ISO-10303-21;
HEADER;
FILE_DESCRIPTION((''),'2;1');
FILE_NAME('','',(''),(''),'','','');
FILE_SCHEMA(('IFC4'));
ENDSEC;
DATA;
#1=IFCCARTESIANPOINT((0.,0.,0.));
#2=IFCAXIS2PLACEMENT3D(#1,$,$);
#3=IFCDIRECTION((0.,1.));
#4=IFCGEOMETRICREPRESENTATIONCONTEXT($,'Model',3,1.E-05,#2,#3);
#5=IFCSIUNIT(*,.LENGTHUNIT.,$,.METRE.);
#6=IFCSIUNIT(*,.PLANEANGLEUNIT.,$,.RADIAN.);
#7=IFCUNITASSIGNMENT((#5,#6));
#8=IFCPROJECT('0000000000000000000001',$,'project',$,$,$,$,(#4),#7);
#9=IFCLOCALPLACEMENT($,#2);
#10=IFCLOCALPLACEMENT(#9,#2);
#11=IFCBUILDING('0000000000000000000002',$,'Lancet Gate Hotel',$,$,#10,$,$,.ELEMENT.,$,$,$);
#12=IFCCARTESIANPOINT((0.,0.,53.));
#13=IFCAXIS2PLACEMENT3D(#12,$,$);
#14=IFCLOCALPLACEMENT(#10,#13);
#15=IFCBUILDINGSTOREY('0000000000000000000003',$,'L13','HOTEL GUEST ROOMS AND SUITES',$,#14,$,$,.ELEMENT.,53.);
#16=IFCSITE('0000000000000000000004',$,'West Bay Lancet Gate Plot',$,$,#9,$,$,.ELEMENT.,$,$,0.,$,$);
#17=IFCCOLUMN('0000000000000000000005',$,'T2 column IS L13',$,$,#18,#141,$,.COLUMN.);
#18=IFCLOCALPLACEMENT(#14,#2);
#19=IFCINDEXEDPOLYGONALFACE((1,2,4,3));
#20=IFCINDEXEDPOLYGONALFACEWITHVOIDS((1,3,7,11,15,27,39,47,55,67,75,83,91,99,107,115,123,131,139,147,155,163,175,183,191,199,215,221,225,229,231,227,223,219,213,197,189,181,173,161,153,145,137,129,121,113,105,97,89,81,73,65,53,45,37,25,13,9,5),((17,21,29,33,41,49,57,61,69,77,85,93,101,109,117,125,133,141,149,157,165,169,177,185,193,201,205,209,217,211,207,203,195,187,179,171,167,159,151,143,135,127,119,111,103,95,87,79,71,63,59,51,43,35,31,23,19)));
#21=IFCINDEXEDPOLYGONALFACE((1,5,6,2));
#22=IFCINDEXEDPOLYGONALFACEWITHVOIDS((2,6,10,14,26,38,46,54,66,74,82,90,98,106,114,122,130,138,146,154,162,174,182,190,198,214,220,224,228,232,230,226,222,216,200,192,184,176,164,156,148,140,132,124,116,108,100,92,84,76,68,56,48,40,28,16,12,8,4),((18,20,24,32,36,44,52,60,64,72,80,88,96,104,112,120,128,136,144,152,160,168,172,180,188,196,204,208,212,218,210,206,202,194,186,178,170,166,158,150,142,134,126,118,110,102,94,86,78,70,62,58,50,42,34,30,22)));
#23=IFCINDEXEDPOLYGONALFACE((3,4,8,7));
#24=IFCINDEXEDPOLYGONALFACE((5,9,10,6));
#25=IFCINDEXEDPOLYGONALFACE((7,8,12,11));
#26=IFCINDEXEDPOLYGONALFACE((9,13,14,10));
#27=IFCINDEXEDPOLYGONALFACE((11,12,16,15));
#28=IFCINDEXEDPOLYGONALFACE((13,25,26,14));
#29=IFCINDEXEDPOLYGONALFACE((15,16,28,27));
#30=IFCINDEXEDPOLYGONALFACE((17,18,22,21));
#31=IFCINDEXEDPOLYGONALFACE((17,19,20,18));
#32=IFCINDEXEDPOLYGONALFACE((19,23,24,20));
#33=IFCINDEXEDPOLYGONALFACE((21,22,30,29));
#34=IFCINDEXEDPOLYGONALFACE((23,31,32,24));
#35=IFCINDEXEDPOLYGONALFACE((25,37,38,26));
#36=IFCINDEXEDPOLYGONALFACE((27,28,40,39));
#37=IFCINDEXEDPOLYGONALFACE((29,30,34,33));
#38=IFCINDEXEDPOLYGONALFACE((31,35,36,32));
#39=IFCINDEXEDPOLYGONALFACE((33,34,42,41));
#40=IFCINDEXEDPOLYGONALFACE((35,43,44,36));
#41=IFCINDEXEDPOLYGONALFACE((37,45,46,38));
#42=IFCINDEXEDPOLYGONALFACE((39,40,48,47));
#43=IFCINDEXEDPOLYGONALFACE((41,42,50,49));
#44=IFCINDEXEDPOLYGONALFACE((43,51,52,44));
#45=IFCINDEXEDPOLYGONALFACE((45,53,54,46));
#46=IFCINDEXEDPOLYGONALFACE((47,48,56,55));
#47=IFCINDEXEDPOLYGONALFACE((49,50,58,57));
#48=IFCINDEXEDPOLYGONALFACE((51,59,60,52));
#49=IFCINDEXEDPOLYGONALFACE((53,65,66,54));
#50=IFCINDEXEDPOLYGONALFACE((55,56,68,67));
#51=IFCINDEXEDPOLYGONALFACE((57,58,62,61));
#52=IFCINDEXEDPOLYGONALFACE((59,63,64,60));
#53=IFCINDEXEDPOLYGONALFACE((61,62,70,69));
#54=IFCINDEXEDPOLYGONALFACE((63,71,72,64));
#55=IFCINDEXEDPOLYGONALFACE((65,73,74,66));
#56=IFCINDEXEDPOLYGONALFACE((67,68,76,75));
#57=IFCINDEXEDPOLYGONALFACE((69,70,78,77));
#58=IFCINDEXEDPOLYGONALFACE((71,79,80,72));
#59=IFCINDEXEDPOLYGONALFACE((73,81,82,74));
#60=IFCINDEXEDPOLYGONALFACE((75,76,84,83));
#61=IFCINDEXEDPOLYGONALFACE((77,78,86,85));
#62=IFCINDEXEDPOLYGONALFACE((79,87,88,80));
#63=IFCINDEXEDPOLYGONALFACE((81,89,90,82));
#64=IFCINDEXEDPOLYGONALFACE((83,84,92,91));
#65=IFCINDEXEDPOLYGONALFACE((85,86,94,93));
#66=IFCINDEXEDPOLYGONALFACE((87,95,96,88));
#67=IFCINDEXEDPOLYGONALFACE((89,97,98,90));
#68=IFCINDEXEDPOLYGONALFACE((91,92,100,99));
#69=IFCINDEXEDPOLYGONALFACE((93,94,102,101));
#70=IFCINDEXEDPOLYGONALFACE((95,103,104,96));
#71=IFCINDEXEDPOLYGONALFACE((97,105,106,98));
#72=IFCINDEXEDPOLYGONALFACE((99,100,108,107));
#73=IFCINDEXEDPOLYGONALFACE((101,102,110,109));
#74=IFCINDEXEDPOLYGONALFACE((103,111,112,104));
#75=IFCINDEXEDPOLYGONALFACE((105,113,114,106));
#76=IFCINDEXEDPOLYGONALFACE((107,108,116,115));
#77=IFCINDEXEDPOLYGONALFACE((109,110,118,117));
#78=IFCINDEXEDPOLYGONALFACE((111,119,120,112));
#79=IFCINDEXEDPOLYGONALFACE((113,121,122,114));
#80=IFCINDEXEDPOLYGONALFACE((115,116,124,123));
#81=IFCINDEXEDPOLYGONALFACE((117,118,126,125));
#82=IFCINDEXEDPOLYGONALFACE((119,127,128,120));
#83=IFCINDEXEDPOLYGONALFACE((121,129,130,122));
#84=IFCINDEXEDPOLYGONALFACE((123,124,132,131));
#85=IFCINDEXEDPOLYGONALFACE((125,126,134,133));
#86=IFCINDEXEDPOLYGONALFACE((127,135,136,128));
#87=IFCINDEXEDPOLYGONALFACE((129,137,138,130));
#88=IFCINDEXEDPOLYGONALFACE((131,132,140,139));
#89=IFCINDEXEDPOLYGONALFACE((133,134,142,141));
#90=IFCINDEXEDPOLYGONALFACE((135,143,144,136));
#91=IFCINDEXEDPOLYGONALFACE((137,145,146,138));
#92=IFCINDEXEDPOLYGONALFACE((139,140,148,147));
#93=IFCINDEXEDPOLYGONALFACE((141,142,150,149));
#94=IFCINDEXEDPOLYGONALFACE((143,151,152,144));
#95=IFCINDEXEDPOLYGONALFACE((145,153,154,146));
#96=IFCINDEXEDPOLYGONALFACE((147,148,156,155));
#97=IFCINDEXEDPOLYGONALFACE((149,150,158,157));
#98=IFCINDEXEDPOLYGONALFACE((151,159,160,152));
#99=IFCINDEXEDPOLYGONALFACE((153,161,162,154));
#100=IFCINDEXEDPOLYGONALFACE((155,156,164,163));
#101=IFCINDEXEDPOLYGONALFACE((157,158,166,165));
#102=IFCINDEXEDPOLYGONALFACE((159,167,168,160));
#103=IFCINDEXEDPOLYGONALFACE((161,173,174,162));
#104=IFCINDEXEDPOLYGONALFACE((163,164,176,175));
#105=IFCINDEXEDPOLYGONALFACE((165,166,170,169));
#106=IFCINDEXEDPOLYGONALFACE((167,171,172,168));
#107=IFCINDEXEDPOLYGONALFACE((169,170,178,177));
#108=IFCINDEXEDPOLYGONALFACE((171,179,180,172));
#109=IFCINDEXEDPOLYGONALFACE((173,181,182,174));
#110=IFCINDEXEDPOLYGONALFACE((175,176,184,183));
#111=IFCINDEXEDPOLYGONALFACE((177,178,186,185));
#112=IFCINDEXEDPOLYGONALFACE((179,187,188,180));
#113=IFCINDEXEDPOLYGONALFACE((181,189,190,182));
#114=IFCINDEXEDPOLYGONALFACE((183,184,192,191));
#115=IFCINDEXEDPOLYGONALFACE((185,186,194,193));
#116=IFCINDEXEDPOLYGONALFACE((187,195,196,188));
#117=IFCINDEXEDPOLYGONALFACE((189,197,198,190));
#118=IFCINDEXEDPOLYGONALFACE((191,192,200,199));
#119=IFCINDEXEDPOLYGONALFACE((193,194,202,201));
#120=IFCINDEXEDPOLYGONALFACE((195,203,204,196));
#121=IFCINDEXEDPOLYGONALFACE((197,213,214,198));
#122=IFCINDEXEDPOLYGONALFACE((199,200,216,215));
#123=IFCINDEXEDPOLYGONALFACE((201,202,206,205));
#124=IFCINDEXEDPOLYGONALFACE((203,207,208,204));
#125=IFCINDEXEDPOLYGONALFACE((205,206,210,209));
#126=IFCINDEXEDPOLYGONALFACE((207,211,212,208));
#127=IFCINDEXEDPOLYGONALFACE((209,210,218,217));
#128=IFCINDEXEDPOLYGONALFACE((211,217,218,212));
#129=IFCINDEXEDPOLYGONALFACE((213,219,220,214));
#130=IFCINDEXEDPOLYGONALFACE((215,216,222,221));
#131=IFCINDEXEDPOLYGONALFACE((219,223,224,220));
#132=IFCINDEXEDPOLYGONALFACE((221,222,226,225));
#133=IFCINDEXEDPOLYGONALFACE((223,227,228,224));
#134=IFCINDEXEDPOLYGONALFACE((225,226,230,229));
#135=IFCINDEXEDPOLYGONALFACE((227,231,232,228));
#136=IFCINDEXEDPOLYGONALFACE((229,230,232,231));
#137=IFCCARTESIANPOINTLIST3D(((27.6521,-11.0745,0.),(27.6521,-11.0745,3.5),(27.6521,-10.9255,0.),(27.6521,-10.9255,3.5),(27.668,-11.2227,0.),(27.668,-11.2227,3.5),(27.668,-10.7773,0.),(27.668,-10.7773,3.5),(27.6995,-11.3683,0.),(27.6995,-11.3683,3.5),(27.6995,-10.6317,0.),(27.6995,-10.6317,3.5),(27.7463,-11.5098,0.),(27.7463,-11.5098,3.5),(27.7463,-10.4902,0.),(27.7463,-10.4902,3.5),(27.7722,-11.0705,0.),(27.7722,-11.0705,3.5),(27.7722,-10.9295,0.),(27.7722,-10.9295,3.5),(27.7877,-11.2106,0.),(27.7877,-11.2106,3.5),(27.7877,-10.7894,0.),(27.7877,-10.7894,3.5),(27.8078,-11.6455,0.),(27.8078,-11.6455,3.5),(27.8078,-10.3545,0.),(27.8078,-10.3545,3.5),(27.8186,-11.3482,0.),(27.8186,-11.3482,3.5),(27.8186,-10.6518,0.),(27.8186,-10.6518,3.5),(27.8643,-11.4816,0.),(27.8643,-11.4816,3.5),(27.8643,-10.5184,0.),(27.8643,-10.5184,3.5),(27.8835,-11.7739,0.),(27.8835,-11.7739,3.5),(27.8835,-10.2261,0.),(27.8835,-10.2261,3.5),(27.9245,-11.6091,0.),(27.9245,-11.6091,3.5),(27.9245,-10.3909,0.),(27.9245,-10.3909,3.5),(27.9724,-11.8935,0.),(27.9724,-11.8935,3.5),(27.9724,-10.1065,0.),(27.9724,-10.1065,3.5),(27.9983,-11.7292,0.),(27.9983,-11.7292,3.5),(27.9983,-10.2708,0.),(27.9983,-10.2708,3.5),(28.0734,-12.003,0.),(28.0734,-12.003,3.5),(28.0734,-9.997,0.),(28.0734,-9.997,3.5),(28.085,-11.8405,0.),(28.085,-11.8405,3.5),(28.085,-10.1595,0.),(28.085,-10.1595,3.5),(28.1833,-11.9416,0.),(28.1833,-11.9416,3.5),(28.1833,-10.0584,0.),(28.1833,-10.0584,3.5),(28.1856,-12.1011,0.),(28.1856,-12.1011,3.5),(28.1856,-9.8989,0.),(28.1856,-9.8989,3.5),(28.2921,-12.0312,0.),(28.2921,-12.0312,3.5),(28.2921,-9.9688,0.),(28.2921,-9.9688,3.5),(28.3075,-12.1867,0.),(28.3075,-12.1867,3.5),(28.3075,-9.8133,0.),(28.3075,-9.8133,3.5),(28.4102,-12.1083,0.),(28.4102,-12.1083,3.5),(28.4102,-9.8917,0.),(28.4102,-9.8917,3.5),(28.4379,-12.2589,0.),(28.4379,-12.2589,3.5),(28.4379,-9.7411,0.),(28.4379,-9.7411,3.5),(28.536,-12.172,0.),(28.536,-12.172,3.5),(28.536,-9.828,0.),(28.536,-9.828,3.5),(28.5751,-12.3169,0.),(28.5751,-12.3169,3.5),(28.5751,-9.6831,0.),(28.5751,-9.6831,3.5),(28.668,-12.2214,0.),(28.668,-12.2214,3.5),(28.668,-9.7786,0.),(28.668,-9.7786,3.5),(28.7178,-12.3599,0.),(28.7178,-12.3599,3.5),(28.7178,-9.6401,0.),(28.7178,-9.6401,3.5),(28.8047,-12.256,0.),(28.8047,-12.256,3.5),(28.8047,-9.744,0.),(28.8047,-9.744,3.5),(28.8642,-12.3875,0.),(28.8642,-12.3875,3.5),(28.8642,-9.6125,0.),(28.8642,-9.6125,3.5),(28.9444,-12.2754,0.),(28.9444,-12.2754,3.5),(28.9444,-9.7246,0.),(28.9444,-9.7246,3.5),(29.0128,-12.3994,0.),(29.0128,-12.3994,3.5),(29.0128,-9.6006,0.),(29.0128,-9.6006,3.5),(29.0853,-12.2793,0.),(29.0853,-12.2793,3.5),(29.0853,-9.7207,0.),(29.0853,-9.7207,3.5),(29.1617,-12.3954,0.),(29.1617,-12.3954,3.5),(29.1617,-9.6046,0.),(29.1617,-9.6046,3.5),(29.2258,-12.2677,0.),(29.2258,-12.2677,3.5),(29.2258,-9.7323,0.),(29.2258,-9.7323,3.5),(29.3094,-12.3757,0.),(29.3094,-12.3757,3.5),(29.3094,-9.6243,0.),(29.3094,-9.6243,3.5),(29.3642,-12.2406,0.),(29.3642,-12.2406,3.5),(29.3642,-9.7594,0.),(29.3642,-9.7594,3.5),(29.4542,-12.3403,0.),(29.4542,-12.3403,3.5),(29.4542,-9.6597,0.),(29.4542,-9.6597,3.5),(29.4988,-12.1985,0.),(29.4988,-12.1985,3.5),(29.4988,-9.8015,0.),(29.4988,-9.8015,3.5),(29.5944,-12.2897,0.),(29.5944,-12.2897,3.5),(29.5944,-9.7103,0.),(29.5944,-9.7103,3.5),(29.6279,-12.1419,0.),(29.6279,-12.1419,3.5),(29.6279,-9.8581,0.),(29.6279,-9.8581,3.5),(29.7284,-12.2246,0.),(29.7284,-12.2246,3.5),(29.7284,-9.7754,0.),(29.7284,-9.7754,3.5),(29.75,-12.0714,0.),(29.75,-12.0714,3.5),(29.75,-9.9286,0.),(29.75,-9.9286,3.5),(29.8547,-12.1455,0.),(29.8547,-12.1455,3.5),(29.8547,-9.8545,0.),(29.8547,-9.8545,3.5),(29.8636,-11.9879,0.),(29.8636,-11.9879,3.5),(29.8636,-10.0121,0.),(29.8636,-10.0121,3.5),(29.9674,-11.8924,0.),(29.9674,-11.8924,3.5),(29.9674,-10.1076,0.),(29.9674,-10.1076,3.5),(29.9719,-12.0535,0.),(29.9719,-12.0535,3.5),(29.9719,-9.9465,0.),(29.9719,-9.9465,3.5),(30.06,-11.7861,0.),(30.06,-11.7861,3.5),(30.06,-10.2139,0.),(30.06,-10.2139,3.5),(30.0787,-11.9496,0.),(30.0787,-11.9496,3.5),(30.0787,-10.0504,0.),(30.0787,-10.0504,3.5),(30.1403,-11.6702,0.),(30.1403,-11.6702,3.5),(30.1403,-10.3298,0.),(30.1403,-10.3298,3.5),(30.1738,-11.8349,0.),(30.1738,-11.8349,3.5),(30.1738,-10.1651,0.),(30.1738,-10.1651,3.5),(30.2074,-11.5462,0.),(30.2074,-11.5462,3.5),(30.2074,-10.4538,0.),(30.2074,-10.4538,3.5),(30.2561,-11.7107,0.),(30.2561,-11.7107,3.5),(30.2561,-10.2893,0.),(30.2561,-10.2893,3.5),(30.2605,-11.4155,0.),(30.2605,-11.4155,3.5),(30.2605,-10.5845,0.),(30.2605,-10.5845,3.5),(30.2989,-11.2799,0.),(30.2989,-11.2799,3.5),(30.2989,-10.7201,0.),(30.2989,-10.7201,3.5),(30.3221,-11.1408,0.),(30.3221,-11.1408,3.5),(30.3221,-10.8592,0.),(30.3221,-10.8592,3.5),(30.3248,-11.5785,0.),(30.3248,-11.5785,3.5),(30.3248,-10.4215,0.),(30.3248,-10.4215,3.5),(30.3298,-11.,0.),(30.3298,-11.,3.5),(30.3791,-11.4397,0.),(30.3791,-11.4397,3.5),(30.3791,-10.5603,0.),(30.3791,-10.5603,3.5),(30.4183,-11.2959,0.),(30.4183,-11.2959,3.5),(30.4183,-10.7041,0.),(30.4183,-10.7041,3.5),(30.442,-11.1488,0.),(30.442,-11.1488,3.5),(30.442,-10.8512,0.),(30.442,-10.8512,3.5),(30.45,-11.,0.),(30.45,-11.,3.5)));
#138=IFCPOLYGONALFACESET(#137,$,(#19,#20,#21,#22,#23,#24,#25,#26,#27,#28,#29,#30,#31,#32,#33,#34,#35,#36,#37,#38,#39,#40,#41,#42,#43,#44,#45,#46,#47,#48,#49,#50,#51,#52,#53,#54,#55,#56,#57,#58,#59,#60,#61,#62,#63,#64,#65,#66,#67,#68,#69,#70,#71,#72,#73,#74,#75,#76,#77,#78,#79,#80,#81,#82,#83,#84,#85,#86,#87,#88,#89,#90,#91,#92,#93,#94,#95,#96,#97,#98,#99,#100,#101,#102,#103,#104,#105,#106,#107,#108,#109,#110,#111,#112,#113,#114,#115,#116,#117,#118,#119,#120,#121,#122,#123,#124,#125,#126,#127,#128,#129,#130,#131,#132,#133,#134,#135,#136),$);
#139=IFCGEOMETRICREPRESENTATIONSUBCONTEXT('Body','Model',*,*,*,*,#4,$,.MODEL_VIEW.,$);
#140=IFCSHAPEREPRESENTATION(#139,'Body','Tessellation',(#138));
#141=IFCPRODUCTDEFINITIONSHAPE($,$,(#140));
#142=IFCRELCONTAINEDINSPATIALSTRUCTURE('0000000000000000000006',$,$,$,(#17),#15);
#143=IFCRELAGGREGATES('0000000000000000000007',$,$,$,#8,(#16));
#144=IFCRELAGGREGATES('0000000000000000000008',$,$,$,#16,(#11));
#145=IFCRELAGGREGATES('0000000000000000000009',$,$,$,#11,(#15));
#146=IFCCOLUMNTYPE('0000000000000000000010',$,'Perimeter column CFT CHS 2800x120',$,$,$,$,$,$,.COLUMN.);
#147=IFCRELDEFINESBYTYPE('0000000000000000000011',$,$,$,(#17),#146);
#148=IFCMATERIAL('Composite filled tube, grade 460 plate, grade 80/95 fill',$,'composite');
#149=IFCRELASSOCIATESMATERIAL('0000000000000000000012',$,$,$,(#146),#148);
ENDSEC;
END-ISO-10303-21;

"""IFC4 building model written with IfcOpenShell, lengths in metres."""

from ifc_helpers import new_model, si_unit, direction, frame, origin, origin_2d, place, context, subcontext, project, spatial, hollow_circle, extrude, material, material_profile, profile_set, type_object, element, save


model = new_model("IFC4")

# Units and contexts
model_context = context("Model", 3, precision=1e-05, world=origin(), true_north=direction((0.0, 1.0)))
body_context = subcontext(model_context, "Body", "Model", "MODEL_VIEW")
ifc_project = project(units=[si_unit("LENGTHUNIT", "METRE"), si_unit("PLANEANGLEUNIT", "RADIAN")], contexts=[model_context])

# Site, building, storey
site_placement = place(None, origin())
site = spatial("IfcSite", under=ifc_project, at=site_placement, Name="West Bay Lancet Gate Plot", CompositionType="ELEMENT", RefElevation=0.0)
building_placement = place(site_placement, origin())
building = spatial("IfcBuilding", under=site, at=building_placement, Name="Lancet Gate Hotel", CompositionType="ELEMENT")
storey_placement = place(building_placement, frame((0.0, 0.0, 53.0)))
storey = spatial("IfcBuildingStorey", under=building, at=storey_placement, Name="L13", Description="HOTEL GUEST ROOMS AND SUITES", CompositionType="ELEMENT", Elevation=53.0)

# Column
ifc_material_1 = material(Name="Composite filled tube, grade 460 plate, grade 80/95 fill", Category="composite")
ifc_material_profile_1 = material_profile(ifc_material_1, hollow_circle(Radius=1.3999, WallThickness=0.1201, at=origin_2d()), Name="CHS 2800x120")
ifc_profile_set_1 = profile_set([ifc_material_profile_1], Name="Composite filled tube, grade 460 plate, grade 80/95 fill")
column_type = type_object("IfcColumnType", Name="Perimeter column CFT CHS 2800x120", PredefinedType="COLUMN", material=ifc_profile_set_1)
for number, where, z_axis, x_axis, name in (
    (1, (29.05, -11.0, 0.0), (0.0, 0.0, 1.0), (1.0, 0.0, 0.0), "T2 column IS L13"),
):
    element("IfcColumn", number, at=place(storey_placement, frame(where, z_axis=z_axis, x_axis=x_axis)), inside=storey, type_object=column_type, Name=name, PredefinedType="COLUMN", context=body_context, shape_type="SweptSolid", body=[
        extrude(hollow_circle(Radius=1.3999, WallThickness=0.1201, at=origin_2d()), origin(), (0.0, 0.0, 1.0), 3.5),
    ])

save(model, "model.ifc")
